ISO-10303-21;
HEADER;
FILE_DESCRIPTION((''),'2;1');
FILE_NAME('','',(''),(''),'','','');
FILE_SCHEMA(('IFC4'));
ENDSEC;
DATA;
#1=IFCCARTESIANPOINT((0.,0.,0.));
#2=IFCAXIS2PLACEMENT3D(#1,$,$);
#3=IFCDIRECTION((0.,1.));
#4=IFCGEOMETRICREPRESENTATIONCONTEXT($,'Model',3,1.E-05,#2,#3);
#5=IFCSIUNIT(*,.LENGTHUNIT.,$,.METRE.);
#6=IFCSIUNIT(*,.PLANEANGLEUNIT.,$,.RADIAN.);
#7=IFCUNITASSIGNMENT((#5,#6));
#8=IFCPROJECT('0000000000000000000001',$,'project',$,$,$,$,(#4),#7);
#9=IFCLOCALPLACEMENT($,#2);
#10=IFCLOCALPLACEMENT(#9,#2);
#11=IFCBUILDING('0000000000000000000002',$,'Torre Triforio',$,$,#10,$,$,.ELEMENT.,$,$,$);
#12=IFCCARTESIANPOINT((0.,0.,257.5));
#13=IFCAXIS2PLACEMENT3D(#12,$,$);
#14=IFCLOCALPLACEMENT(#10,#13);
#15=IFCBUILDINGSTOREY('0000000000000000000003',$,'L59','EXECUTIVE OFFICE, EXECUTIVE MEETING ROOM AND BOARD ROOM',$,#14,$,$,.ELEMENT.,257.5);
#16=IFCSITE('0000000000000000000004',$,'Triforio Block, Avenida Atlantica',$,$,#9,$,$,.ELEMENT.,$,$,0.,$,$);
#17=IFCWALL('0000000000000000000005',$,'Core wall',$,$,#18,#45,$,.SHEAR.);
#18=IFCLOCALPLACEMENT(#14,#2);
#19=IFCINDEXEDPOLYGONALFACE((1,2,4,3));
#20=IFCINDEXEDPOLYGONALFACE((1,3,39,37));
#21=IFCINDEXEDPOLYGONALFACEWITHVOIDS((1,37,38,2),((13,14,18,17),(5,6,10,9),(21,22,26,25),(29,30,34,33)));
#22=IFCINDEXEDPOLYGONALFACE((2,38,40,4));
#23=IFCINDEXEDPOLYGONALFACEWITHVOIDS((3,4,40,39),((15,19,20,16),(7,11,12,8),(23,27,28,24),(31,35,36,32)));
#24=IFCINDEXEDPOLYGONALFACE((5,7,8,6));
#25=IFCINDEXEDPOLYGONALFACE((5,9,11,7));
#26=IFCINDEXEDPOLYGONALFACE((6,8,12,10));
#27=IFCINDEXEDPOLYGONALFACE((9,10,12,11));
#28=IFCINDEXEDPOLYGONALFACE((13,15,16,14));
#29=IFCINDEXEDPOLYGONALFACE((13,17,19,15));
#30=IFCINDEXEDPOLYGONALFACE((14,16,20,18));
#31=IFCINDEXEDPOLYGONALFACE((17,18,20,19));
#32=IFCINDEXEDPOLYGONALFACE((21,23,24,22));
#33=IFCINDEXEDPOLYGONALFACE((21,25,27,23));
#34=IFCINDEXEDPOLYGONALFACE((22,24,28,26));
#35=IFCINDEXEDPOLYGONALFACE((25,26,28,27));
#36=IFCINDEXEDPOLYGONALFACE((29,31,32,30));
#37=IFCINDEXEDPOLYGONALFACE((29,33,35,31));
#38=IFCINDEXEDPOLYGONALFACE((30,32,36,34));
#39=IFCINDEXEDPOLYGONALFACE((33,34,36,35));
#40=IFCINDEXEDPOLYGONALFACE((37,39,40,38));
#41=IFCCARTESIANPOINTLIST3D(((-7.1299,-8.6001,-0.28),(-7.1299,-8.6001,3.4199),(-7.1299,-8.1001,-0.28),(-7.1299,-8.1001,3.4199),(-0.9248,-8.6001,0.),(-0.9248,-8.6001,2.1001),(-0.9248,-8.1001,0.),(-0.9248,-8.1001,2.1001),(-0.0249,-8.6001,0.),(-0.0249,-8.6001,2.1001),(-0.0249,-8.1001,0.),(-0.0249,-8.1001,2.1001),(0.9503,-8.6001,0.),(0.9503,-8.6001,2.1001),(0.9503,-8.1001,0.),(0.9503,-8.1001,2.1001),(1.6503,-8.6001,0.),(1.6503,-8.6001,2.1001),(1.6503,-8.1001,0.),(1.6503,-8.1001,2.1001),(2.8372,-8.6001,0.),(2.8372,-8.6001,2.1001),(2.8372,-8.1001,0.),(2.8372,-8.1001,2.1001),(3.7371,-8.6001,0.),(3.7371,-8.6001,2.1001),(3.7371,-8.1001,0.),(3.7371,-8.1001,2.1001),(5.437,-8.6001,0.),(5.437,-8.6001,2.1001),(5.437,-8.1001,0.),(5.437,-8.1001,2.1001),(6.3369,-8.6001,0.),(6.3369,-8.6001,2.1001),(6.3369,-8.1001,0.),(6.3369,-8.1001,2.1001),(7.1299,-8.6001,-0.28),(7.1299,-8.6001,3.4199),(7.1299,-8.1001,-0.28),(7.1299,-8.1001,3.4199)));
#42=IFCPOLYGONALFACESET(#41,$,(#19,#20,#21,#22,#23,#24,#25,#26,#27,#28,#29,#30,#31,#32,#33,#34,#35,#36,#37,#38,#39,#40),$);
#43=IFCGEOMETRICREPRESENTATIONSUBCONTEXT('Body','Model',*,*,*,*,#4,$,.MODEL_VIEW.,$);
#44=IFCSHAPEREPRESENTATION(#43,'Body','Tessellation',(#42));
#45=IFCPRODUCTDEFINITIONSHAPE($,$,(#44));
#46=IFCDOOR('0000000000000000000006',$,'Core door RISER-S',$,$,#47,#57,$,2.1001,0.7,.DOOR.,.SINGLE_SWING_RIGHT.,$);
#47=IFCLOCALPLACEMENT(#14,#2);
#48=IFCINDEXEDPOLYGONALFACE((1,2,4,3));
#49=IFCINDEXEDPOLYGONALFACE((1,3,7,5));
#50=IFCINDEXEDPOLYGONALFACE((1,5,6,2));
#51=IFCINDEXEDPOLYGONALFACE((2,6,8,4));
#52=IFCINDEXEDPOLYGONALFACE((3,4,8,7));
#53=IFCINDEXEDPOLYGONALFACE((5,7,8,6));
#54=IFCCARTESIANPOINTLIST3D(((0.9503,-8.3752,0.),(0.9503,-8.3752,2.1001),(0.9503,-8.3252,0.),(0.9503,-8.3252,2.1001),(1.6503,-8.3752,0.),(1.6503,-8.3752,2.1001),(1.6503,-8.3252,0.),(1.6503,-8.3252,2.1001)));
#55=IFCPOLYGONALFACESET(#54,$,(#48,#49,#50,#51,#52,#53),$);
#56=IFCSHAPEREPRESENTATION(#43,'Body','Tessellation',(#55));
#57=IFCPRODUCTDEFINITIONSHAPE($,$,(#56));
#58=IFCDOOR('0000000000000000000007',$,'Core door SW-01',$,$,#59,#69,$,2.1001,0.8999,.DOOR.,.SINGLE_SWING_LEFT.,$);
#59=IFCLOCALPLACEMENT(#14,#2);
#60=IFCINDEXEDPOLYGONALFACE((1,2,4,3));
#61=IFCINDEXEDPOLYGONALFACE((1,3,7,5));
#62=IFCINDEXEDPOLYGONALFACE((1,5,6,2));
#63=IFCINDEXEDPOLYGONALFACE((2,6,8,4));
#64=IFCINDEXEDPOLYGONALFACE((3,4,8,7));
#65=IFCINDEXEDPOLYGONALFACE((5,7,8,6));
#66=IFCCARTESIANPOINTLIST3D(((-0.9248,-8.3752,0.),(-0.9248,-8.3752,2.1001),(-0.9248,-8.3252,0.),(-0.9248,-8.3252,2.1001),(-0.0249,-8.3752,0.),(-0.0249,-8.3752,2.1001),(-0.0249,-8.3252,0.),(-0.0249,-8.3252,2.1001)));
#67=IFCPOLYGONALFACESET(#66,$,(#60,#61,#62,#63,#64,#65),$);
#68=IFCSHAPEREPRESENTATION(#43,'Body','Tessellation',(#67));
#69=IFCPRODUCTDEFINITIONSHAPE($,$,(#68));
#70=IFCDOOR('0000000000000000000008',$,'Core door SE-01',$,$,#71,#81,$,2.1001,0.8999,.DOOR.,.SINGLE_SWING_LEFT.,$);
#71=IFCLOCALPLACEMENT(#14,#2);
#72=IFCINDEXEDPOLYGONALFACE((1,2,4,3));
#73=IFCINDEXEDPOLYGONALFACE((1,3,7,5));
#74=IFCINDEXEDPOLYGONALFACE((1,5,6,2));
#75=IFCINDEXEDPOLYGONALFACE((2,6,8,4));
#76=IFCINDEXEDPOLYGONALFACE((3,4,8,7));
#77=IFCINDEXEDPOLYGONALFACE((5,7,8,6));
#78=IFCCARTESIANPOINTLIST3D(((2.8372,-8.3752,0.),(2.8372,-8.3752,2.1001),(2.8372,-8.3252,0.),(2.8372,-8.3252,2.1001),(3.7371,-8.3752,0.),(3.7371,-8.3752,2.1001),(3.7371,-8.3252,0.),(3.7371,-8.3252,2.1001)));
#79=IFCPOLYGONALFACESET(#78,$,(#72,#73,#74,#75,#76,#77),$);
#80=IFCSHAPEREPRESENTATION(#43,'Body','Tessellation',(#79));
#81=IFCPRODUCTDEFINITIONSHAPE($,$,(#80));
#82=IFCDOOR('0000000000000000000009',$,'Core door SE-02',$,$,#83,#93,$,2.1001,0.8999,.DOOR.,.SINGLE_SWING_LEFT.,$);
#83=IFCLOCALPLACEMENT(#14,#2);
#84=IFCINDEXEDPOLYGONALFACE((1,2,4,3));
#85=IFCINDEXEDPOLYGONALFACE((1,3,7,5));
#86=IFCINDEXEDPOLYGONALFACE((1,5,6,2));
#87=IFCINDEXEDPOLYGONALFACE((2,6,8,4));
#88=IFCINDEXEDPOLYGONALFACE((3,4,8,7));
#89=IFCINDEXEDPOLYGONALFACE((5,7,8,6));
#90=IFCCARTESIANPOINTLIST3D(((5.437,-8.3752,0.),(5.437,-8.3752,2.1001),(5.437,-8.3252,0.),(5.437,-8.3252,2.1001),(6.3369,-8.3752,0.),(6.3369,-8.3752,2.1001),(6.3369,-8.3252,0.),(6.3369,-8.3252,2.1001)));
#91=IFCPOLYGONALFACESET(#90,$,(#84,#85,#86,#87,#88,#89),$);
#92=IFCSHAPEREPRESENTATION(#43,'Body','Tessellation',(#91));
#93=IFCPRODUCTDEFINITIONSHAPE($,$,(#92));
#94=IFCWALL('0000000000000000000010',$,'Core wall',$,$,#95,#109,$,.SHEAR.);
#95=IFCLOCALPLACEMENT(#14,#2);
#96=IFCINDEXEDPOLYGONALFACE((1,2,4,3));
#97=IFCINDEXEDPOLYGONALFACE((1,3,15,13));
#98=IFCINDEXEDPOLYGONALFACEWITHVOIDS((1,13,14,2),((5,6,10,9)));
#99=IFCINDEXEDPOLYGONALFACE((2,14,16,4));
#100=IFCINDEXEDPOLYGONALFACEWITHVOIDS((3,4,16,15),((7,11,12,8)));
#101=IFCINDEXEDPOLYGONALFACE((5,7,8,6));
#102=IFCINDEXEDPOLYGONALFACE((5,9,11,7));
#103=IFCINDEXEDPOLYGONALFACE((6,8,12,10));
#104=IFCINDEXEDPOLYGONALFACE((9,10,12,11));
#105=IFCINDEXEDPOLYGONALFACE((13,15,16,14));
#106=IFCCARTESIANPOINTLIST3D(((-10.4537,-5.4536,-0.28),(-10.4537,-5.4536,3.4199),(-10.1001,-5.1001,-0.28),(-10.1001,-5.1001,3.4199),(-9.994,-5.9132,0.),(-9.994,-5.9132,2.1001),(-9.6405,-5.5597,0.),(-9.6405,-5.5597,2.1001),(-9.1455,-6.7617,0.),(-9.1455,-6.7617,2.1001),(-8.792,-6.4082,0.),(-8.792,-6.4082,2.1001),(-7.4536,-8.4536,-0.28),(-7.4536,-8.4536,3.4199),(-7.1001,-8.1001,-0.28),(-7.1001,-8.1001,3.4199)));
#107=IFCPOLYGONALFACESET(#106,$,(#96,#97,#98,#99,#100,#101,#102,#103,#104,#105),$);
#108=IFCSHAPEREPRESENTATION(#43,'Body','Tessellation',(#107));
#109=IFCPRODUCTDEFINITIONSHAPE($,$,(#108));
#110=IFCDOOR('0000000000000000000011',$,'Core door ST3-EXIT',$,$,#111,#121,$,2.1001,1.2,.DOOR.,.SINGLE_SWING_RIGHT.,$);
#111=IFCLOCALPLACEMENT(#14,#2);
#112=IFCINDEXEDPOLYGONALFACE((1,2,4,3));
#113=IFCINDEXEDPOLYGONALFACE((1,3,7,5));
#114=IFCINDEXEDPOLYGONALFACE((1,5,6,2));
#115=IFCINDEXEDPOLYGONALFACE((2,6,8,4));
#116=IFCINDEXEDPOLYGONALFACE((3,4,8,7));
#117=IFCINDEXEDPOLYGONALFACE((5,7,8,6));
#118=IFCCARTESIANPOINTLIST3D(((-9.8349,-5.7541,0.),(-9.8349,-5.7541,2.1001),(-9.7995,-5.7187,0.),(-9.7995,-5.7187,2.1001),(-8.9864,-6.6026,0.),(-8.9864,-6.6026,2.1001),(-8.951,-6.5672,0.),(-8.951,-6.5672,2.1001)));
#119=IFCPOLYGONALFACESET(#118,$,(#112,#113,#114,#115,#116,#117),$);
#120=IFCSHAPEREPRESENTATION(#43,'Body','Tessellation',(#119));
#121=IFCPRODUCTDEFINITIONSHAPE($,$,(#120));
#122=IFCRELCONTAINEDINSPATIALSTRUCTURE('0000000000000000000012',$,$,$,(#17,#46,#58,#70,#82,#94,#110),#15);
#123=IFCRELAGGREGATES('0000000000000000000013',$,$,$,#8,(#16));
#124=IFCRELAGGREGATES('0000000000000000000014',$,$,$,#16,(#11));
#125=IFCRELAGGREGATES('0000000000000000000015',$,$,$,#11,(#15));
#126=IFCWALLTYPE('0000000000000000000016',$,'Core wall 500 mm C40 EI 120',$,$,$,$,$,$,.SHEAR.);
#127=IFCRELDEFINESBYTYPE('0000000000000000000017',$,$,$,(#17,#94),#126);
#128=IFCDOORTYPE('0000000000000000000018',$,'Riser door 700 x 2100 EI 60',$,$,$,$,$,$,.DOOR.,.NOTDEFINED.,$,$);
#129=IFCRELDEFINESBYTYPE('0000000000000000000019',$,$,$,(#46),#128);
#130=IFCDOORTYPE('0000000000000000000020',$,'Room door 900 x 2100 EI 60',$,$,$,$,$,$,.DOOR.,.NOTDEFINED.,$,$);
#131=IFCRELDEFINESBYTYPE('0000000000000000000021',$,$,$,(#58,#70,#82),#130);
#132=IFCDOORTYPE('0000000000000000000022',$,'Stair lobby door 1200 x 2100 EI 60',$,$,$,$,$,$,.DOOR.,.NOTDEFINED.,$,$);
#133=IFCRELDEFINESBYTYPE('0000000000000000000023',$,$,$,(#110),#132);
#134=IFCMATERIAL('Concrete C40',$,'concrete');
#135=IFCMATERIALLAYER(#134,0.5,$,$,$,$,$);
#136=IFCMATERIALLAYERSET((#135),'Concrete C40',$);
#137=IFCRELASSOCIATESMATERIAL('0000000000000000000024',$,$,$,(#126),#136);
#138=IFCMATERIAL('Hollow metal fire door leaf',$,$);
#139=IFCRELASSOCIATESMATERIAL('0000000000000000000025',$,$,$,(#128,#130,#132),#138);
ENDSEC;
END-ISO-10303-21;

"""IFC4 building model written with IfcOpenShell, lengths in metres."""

from ifc_helpers import new_model, si_unit, direction, frame, frame_2d, origin, place, context, subcontext, project, spatial, rectangle, extrude, material, layer, layer_set, type_object, element, fill, save


model = new_model("IFC4")

# Units and contexts
model_context = context("Model", 3, precision=1e-05, world=origin(), true_north=direction((0.0, 1.0)))
body_context = subcontext(model_context, "Body", "Model", "MODEL_VIEW")
ifc_project = project(units=[si_unit("LENGTHUNIT", "METRE"), si_unit("PLANEANGLEUNIT", "RADIAN")], contexts=[model_context])

# Site, building, storey
site_placement = place(None, origin())
site = spatial("IfcSite", under=ifc_project, at=site_placement, Name="Triforio Block, Avenida Atlantica", CompositionType="ELEMENT", RefElevation=0.0)
building_placement = place(site_placement, origin())
building = spatial("IfcBuilding", under=site, at=building_placement, Name="Torre Triforio", CompositionType="ELEMENT")
storey_placement = place(building_placement, frame((0.0, 0.0, 257.5)))
storey = spatial("IfcBuildingStorey", under=building, at=storey_placement, Name="L59", Description="EXECUTIVE OFFICE, EXECUTIVE MEETING ROOM AND BOARD ROOM", CompositionType="ELEMENT", Elevation=257.5)

# Shared definitions
ifc_material_1 = material(Name="Concrete C40", Category="concrete")

# Wall, openings, doors
ifc_layer_1 = layer(ifc_material_1, 0.5)
ifc_layer_set_1 = layer_set([ifc_layer_1], Name="Concrete C40")
wall_type_1 = type_object("IfcWallType", Name="Core wall 500 mm C40 EI 120", PredefinedType="SHEAR", material=ifc_layer_set_1)
wall_1_placement = place(storey_placement, frame((-7.1299, -8.3501, -0.28), z_axis=(0.0, 0.0, 1.0), x_axis=(1.0, 0.0, 0.0)))
wall_1 = element("IfcWall", 1, at=wall_1_placement, inside=storey, type_object=wall_type_1, Name="Core wall", PredefinedType="SHEAR", context=body_context, shape_type="SweptSolid", body=[
    extrude(rectangle(XDim=14.2598, YDim=0.5, at=frame_2d((7.1299, 0.0))), origin(), (0.0, 0.0, 1.0), 3.7),
])
opening_1_placement = place(wall_1_placement, frame((8.0801, 0.0, 0.28)))
opening_1 = element("IfcOpeningElement", 2, at=opening_1_placement, cuts=wall_1, PredefinedType="OPENING", context=body_context, shape_type="SweptSolid", body=[
    extrude(rectangle(XDim=0.7, YDim=2.1001, at=frame_2d((0.3501, 1.05))), frame((0.0, 0.26, 0.0), z_axis=(0.0, -1.0, 0.0), x_axis=(1.0, 0.0, 0.0)), (0.0, 0.0, 1.0), 0.52),
])
opening_2_placement = place(wall_1_placement, frame((6.2051, 0.0, 0.28)))
opening_2 = element("IfcOpeningElement", 3, at=opening_2_placement, cuts=wall_1, PredefinedType="OPENING", context=body_context, shape_type="SweptSolid", body=[
    extrude(rectangle(XDim=0.8999, YDim=2.1001, at=frame_2d((0.45, 1.05))), frame((0.0, 0.26, 0.0), z_axis=(0.0, -1.0, 0.0), x_axis=(1.0, 0.0, 0.0)), (0.0, 0.0, 1.0), 0.52),
])
opening_3_placement = place(wall_1_placement, frame((9.967, 0.0, 0.28)))
opening_3 = element("IfcOpeningElement", 4, at=opening_3_placement, cuts=wall_1, PredefinedType="OPENING", context=body_context, shape_type="SweptSolid", body=[
    extrude(rectangle(XDim=0.8999, YDim=2.1001, at=frame_2d((0.45, 1.05))), frame((0.0, 0.26, 0.0), z_axis=(0.0, -1.0, 0.0), x_axis=(1.0, 0.0, 0.0)), (0.0, 0.0, 1.0), 0.52),
])
opening_4_placement = place(wall_1_placement, frame((12.5669, 0.0, 0.28)))
opening_4 = element("IfcOpeningElement", 5, at=opening_4_placement, cuts=wall_1, PredefinedType="OPENING", context=body_context, shape_type="SweptSolid", body=[
    extrude(rectangle(XDim=0.8999, YDim=2.1001, at=frame_2d((0.45, 1.05))), frame((0.0, 0.26, 0.0), z_axis=(0.0, -1.0, 0.0), x_axis=(1.0, 0.0, 0.0)), (0.0, 0.0, 1.0), 0.52),
])
ifc_material_2 = material(Name="Hollow metal fire door leaf")
door_type_1 = type_object("IfcDoorType", Name="Riser door 700 x 2100 EI 60", OperationType="NOTDEFINED", PredefinedType="DOOR", material=ifc_material_2)
door_1_placement = place(opening_1_placement, origin())
door_1 = element("IfcDoor", 6, at=door_1_placement, inside=storey, type_object=door_type_1, Name="Core door RISER-S", OperationType="SINGLE_SWING_RIGHT", OverallHeight=2.1001, OverallWidth=0.7, PredefinedType="DOOR", context=body_context, shape_type="SweptSolid", body=[
    extrude(rectangle(XDim=0.7, YDim=2.1001, at=frame_2d((0.3501, 1.05))), frame((0.0, 0.0249, 0.0), z_axis=(0.0, -1.0, 0.0), x_axis=(1.0, 0.0, 0.0)), (0.0, 0.0, 1.0), 0.05),
])
fill(opening_1, door_1)
door_type_2 = type_object("IfcDoorType", Name="Room door 900 x 2100 EI 60", OperationType="NOTDEFINED", PredefinedType="DOOR", material=ifc_material_2)
door_2_placement = place(opening_2_placement, origin())
door_2 = element("IfcDoor", 7, at=door_2_placement, inside=storey, type_object=door_type_2, Name="Core door SW-01", OperationType="SINGLE_SWING_LEFT", OverallHeight=2.1001, OverallWidth=0.8999, PredefinedType="DOOR", context=body_context, shape_type="SweptSolid", body=[
    extrude(rectangle(XDim=0.8999, YDim=2.1001, at=frame_2d((0.45, 1.05))), frame((0.0, 0.0249, 0.0), z_axis=(0.0, -1.0, 0.0), x_axis=(1.0, 0.0, 0.0)), (0.0, 0.0, 1.0), 0.05),
])
fill(opening_2, door_2)
door_3_placement = place(opening_3_placement, origin())
door_3 = element("IfcDoor", 8, at=door_3_placement, inside=storey, type_object=door_type_2, Name="Core door SE-01", OperationType="SINGLE_SWING_LEFT", OverallHeight=2.1001, OverallWidth=0.8999, PredefinedType="DOOR", context=body_context, shape_type="SweptSolid", body=[
    extrude(rectangle(XDim=0.8999, YDim=2.1001, at=frame_2d((0.45, 1.05))), frame((0.0, 0.0249, 0.0), z_axis=(0.0, -1.0, 0.0), x_axis=(1.0, 0.0, 0.0)), (0.0, 0.0, 1.0), 0.05),
])
fill(opening_3, door_3)
door_4_placement = place(opening_4_placement, origin())
door_4 = element("IfcDoor", 9, at=door_4_placement, inside=storey, type_object=door_type_2, Name="Core door SE-02", OperationType="SINGLE_SWING_LEFT", OverallHeight=2.1001, OverallWidth=0.8999, PredefinedType="DOOR", context=body_context, shape_type="SweptSolid", body=[
    extrude(rectangle(XDim=0.8999, YDim=2.1001, at=frame_2d((0.45, 1.05))), frame((0.0, 0.0249, 0.0), z_axis=(0.0, -1.0, 0.0), x_axis=(1.0, 0.0, 0.0)), (0.0, 0.0, 1.0), 0.05),
])
fill(opening_4, door_4)

# Wall, opening, door
wall_2_placement = place(storey_placement, frame((-7.2769, -8.2769, -0.28), z_axis=(0.0, 0.0, 1.0), x_axis=(-0.707107, 0.707107, 0.0)))
wall_2 = element("IfcWall", 10, at=wall_2_placement, inside=storey, type_object=wall_type_1, Name="Core wall", PredefinedType="SHEAR", context=body_context, shape_type="SweptSolid", body=[
    extrude(rectangle(XDim=4.2427, YDim=0.5, at=frame_2d((2.1213, 0.0))), origin(), (0.0, 0.0, 1.0), 3.7),
])
opening_5_placement = place(wall_2_placement, frame((2.3926, 0.0, 0.28)))
opening_5 = element("IfcOpeningElement", 11, at=opening_5_placement, cuts=wall_2, PredefinedType="OPENING", context=body_context, shape_type="SweptSolid", body=[
    extrude(rectangle(XDim=1.2, YDim=2.1001, at=frame_2d((0.6001, 1.05))), frame((0.0, 0.26, 0.0), z_axis=(0.0, -1.0, 0.0), x_axis=(1.0, 0.0, 0.0)), (0.0, 0.0, 1.0), 0.52),
])
door_type_3 = type_object("IfcDoorType", Name="Stair lobby door 1200 x 2100 EI 60", OperationType="NOTDEFINED", PredefinedType="DOOR", material=ifc_material_2)
door_5_placement = place(opening_5_placement, origin())
door_5 = element("IfcDoor", 12, at=door_5_placement, inside=storey, type_object=door_type_3, Name="Core door ST3-EXIT", OperationType="SINGLE_SWING_RIGHT", OverallHeight=2.1001, OverallWidth=1.2, PredefinedType="DOOR", context=body_context, shape_type="SweptSolid", body=[
    extrude(rectangle(XDim=1.2, YDim=2.1001, at=frame_2d((0.6001, 1.05))), frame((0.0, 0.0249, 0.0), z_axis=(0.0, -1.0, 0.0), x_axis=(1.0, 0.0, 0.0)), (0.0, 0.0, 1.0), 0.05),
])
fill(opening_5, door_5)

save(model, "model.ifc")
